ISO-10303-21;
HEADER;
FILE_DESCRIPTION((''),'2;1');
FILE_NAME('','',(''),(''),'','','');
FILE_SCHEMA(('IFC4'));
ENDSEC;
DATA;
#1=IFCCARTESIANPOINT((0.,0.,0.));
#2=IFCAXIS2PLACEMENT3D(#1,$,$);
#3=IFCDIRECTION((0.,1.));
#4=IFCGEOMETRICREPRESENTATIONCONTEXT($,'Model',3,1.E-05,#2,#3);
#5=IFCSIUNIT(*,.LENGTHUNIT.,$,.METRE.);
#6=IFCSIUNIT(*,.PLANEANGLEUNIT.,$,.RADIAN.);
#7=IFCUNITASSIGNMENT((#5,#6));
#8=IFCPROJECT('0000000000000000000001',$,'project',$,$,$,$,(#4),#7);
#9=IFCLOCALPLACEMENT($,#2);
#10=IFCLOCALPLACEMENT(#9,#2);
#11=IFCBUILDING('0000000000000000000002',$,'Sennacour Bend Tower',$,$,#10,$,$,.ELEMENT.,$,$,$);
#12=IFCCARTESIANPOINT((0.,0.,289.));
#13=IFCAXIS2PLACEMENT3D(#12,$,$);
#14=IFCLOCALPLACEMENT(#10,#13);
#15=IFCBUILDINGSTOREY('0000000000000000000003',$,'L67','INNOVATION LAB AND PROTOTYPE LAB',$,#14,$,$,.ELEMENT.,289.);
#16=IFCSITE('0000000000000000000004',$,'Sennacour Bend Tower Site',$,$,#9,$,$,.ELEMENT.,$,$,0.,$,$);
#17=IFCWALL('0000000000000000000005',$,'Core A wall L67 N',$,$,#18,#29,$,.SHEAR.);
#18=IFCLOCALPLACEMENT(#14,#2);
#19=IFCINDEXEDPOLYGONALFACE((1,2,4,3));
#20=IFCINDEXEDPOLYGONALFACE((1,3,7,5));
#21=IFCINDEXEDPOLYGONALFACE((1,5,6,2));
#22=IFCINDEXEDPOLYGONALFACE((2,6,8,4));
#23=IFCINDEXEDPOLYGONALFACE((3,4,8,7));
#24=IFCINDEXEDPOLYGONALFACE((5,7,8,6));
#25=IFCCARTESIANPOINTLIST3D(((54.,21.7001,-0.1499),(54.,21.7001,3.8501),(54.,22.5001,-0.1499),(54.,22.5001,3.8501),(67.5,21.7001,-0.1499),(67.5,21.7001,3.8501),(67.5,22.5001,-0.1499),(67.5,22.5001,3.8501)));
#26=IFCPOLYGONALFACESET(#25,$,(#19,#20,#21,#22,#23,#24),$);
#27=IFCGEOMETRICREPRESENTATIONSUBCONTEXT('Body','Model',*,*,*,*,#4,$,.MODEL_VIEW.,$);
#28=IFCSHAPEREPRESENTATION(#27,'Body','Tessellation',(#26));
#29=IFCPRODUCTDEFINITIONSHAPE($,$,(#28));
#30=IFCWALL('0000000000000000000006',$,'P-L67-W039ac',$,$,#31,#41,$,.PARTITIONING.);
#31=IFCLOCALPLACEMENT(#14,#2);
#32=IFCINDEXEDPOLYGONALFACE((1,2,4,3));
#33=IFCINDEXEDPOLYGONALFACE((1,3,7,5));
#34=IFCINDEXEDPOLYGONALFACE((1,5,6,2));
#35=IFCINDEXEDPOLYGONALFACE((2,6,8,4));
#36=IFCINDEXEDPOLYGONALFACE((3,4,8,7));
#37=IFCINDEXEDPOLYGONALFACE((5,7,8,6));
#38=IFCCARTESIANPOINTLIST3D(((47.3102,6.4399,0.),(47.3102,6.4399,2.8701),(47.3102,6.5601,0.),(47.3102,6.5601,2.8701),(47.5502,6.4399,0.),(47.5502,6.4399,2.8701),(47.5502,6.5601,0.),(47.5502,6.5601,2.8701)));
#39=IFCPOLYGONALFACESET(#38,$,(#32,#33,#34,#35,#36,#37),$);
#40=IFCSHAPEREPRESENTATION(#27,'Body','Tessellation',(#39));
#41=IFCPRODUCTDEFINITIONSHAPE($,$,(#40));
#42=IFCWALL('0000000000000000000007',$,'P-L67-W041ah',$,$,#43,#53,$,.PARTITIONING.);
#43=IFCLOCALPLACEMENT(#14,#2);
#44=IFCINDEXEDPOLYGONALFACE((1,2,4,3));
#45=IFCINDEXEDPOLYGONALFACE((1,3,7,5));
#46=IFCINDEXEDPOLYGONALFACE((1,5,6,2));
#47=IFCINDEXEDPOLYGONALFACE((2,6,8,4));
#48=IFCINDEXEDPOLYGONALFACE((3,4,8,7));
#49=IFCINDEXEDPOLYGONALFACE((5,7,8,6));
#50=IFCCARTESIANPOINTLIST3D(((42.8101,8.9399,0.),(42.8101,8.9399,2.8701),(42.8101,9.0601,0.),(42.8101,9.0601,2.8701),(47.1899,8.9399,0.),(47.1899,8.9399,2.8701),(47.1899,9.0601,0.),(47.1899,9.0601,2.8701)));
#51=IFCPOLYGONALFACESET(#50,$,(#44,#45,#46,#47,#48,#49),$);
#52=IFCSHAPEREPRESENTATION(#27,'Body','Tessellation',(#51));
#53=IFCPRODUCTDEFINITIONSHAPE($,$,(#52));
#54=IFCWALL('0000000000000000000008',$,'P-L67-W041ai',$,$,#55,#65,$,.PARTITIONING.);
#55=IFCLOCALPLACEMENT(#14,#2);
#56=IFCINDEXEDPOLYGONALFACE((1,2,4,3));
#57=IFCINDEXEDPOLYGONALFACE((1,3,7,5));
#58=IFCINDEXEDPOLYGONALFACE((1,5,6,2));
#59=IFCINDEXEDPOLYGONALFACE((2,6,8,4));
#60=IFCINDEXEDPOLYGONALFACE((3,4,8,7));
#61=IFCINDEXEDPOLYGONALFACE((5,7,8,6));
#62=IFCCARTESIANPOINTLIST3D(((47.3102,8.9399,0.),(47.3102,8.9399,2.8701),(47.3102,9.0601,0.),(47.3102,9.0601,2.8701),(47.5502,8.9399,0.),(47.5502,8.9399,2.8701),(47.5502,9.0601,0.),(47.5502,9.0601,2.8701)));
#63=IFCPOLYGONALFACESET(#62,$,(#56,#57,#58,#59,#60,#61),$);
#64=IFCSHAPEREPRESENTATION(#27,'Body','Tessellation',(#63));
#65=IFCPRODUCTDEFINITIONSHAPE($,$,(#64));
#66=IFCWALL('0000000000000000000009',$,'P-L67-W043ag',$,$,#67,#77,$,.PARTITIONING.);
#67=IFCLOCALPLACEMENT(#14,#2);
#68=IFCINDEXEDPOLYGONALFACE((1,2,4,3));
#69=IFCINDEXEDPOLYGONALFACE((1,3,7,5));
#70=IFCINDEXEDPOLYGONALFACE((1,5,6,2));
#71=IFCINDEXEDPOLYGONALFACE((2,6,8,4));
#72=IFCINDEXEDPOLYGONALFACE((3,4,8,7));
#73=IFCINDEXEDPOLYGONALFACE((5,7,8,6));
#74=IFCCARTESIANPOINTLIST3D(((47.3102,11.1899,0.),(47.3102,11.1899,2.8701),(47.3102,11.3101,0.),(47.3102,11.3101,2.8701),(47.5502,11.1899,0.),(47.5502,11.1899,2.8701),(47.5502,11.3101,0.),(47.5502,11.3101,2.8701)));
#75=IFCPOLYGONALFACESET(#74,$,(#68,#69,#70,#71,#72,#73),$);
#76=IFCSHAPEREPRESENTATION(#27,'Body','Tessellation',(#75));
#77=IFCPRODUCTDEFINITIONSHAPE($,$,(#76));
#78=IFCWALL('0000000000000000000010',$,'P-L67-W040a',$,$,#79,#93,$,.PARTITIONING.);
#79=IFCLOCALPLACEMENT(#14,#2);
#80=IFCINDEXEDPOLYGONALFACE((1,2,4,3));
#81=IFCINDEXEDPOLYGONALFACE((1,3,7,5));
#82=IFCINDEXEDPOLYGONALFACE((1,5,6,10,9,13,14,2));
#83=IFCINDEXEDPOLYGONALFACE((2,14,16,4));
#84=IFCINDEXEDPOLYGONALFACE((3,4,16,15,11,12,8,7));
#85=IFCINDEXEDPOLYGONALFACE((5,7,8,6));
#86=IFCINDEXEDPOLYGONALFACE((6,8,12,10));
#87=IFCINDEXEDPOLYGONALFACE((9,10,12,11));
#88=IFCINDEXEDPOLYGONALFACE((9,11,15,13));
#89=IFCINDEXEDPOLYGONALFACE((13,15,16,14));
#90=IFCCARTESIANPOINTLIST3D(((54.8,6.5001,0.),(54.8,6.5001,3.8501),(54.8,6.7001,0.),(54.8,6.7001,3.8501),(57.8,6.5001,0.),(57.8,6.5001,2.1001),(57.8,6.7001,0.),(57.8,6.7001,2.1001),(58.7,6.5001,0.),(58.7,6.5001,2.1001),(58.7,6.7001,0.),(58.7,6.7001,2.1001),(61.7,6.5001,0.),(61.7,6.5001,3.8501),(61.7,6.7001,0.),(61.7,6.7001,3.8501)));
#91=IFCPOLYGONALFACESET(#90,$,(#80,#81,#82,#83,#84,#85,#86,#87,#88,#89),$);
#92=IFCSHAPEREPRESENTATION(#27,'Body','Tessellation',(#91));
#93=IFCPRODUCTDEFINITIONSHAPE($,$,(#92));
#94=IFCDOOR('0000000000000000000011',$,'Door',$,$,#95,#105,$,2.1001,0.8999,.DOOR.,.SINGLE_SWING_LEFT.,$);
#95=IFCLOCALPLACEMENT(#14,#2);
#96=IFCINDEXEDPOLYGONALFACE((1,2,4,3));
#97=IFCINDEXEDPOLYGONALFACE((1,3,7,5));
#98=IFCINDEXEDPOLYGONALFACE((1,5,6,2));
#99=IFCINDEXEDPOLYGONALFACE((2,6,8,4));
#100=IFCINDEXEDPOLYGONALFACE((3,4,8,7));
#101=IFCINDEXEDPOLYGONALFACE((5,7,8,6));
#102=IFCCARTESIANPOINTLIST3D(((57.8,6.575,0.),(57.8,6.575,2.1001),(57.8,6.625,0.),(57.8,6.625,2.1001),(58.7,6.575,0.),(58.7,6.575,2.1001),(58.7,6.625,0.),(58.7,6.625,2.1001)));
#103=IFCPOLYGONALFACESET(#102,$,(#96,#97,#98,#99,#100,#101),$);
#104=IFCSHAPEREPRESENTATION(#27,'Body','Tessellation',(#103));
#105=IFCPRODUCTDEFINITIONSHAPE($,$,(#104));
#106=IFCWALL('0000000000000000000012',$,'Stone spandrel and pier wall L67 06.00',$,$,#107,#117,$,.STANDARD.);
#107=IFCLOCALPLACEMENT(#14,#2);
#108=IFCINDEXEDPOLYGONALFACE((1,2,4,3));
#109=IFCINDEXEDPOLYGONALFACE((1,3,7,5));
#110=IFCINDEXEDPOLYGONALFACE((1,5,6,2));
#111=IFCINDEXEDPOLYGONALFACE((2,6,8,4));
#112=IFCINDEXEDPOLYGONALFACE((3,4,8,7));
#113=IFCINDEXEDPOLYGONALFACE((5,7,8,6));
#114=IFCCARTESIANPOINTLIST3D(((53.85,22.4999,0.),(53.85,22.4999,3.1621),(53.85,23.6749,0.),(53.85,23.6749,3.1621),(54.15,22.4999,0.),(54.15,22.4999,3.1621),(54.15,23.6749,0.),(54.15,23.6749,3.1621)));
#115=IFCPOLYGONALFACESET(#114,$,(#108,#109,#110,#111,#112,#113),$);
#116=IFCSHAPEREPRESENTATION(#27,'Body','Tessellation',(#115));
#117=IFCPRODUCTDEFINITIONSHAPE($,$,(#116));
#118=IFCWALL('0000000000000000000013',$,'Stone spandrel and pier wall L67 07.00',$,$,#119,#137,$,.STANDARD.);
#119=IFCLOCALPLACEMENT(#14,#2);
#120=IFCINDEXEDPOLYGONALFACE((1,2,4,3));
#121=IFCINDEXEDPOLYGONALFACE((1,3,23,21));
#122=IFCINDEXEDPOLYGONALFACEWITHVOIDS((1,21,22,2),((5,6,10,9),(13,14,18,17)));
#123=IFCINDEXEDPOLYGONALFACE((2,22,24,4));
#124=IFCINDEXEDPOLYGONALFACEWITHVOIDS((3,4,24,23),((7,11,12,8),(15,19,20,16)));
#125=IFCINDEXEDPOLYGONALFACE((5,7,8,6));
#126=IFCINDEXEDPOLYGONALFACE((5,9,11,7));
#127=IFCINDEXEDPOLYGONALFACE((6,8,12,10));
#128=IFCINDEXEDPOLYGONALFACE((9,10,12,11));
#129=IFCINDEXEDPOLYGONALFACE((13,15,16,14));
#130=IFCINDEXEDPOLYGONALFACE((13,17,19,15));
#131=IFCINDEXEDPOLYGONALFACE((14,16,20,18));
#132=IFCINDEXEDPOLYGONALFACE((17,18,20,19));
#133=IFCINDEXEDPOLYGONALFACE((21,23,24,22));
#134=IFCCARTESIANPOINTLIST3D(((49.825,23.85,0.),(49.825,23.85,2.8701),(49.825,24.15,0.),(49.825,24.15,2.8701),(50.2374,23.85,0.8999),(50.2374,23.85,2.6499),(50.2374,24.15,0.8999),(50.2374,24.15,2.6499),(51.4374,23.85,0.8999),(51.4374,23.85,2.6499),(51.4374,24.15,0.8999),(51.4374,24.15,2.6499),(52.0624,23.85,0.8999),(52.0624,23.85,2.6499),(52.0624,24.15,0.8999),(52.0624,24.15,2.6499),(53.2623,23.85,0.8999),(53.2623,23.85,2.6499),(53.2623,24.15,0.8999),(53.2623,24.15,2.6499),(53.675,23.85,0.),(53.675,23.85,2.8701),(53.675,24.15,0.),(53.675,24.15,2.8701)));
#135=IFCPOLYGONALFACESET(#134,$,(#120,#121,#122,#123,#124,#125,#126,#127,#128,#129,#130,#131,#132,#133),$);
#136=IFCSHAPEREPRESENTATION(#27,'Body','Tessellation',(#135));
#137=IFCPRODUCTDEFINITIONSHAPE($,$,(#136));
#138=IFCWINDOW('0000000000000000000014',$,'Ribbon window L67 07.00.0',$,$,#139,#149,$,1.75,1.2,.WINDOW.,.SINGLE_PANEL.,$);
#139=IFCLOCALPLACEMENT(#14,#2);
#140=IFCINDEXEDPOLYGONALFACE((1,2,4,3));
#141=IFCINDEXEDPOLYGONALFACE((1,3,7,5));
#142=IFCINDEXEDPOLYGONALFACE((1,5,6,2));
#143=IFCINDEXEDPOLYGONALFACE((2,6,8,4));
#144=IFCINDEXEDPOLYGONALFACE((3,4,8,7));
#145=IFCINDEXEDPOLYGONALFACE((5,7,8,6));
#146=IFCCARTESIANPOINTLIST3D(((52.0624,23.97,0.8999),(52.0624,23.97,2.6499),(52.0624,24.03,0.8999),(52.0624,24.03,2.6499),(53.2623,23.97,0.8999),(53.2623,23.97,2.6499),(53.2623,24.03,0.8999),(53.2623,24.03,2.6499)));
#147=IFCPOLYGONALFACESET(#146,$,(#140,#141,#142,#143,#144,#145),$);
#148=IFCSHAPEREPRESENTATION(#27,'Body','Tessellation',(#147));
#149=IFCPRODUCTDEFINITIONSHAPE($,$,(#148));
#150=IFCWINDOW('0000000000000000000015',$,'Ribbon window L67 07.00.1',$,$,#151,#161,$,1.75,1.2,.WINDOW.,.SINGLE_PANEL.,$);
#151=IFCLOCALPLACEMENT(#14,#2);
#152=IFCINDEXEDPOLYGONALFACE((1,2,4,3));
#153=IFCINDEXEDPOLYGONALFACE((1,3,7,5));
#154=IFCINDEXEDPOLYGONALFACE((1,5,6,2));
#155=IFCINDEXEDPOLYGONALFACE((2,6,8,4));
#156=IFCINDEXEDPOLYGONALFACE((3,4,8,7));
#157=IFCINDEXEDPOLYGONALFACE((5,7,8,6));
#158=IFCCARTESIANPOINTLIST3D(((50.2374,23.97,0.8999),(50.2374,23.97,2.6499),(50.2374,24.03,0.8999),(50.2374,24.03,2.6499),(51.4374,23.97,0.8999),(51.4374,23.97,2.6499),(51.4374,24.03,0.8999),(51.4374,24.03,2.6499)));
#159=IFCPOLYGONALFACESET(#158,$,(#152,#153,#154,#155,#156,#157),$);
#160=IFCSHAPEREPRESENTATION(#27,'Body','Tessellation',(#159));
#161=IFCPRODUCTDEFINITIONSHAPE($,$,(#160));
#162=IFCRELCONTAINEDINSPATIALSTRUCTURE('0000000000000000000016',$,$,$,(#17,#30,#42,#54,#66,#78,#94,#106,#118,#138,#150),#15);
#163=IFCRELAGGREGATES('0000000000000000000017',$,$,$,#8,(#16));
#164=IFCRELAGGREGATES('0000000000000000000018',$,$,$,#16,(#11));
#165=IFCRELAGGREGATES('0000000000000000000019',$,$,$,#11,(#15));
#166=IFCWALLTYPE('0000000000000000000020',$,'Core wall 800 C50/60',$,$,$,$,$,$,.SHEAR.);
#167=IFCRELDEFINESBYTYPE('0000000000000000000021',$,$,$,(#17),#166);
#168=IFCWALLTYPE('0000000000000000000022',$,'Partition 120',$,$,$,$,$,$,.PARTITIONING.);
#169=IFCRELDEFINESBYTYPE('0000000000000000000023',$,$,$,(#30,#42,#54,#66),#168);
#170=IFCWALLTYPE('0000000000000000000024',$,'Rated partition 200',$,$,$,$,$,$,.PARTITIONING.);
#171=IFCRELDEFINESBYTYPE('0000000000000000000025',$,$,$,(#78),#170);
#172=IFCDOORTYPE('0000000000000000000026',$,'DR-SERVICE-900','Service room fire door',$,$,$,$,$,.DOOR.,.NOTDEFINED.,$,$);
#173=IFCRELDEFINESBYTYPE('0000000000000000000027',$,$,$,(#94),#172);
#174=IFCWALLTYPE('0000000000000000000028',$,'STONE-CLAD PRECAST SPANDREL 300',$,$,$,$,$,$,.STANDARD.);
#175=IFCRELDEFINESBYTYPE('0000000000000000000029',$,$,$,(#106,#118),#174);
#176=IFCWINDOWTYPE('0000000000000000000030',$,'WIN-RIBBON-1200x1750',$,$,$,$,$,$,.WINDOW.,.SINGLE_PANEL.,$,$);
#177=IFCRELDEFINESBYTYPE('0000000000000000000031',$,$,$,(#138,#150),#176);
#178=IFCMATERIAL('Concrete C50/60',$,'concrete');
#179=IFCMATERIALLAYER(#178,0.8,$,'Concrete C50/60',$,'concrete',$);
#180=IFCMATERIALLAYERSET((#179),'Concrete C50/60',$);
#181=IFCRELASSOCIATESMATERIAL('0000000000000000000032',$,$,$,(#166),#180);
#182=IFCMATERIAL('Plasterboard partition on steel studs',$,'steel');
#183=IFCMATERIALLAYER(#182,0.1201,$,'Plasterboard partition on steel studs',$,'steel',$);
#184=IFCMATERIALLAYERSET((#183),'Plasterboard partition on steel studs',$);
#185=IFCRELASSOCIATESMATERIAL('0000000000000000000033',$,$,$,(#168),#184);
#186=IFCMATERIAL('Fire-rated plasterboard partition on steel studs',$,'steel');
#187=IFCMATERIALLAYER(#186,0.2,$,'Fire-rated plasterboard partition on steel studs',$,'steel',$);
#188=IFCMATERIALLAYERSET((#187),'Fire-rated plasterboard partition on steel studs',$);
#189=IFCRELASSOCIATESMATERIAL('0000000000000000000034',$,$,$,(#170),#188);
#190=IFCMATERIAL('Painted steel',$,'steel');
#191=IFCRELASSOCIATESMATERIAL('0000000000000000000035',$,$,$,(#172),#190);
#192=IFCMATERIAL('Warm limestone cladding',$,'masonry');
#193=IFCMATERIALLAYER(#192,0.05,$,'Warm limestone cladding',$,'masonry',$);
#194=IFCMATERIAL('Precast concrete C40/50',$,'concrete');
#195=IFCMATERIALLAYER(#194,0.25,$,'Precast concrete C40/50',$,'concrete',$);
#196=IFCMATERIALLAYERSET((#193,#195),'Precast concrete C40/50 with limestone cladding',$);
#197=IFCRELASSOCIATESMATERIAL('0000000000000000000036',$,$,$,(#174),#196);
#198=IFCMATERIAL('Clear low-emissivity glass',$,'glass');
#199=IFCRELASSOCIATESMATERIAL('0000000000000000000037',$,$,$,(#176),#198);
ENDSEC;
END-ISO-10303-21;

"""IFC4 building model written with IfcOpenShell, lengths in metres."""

from ifc_helpers import new_model, si_unit, direction, frame, frame_2d, origin, place, context, subcontext, project, spatial, rectangle, extrude, material, layer, layer_set, type_object, element, fill, save


model = new_model("IFC4")

# Units and contexts
model_context = context("Model", 3, precision=1e-05, world=origin(), true_north=direction((0.0, 1.0)))
body_context = subcontext(model_context, "Body", "Model", "MODEL_VIEW")
ifc_project = project(units=[si_unit("LENGTHUNIT", "METRE"), si_unit("PLANEANGLEUNIT", "RADIAN")], contexts=[model_context])

# Site, building, storey
site_placement = place(None, origin())
site = spatial("IfcSite", under=ifc_project, at=site_placement, Name="Sennacour Bend Tower Site", CompositionType="ELEMENT", RefElevation=0.0)
building_placement = place(site_placement, origin())
building = spatial("IfcBuilding", under=site, at=building_placement, Name="Sennacour Bend Tower", CompositionType="ELEMENT")
storey_placement = place(building_placement, frame((0.0, 0.0, 289.0)))
storey = spatial("IfcBuildingStorey", under=building, at=storey_placement, Name="L67", Description="INNOVATION LAB AND PROTOTYPE LAB", CompositionType="ELEMENT", Elevation=289.0)

# Walls
ifc_material_1 = material(Name="Concrete C50/60", Category="concrete")
ifc_layer_1 = layer(ifc_material_1, 0.8, Name="Concrete C50/60", Category="concrete")
ifc_layer_set_1 = layer_set([ifc_layer_1], Name="Concrete C50/60")
wall_type_1 = type_object("IfcWallType", Name="Core wall 800 C50/60", PredefinedType="SHEAR", material=ifc_layer_set_1)
wall_1_placement = place(storey_placement, frame((54.0, 22.1001, -0.1499), z_axis=(0.0, 0.0, 1.0), x_axis=(1.0, 0.0, 0.0)))
element("IfcWall", 1, at=wall_1_placement, inside=storey, type_object=wall_type_1, Name="Core A wall L67 N", PredefinedType="SHEAR", context=body_context, shape_type="SweptSolid", body=[
    extrude(rectangle(XDim=13.5, YDim=0.8, at=frame_2d((6.75, 0.0))), origin(), (0.0, 0.0, 1.0), 4.0),
])
ifc_material_2 = material(Name="Plasterboard partition on steel studs", Category="steel")
ifc_layer_2 = layer(ifc_material_2, 0.1201, Name="Plasterboard partition on steel studs", Category="steel")
ifc_layer_set_2 = layer_set([ifc_layer_2], Name="Plasterboard partition on steel studs")
wall_type_2 = type_object("IfcWallType", Name="Partition 120", PredefinedType="PARTITIONING", material=ifc_layer_set_2)
wall_2_placement = place(storey_placement, frame((47.3101, 6.5, 0.0), z_axis=(0.0, 0.0, 1.0), x_axis=(1.0, 0.0, 0.0)))
element("IfcWall", 2, at=wall_2_placement, inside=storey, type_object=wall_type_2, Name="P-L67-W039ac", PredefinedType="PARTITIONING", context=body_context, shape_type="SweptSolid", body=[
    extrude(rectangle(XDim=0.24, YDim=0.1201, at=frame_2d((0.1201, 0.0))), origin(), (0.0, 0.0, 1.0), 2.8701),
])
wall_3_placement = place(storey_placement, frame((42.8101, 9.0, 0.0), z_axis=(0.0, 0.0, 1.0), x_axis=(1.0, 0.0, 0.0)))
element("IfcWall", 3, at=wall_3_placement, inside=storey, type_object=wall_type_2, Name="P-L67-W041ah", PredefinedType="PARTITIONING", context=body_context, shape_type="SweptSolid", body=[
    extrude(rectangle(XDim=4.3799, YDim=0.1201, at=frame_2d((2.1899, 0.0))), origin(), (0.0, 0.0, 1.0), 2.8701),
])
for number, where, z_axis, x_axis, name in (
    (4, (47.3101, 9.0, 0.0), (0.0, 0.0, 1.0), (1.0, 0.0, 0.0), "P-L67-W041ai"),
    (5, (47.3101, 11.25, 0.0), (0.0, 0.0, 1.0), (1.0, 0.0, 0.0), "P-L67-W043ag"),
):
    element("IfcWall", number, at=place(storey_placement, frame(where, z_axis=z_axis, x_axis=x_axis)), inside=storey, type_object=wall_type_2, Name=name, PredefinedType="PARTITIONING", context=body_context, shape_type="SweptSolid", body=[
        extrude(rectangle(XDim=0.24, YDim=0.1201, at=frame_2d((0.1201, 0.0))), origin(), (0.0, 0.0, 1.0), 2.8701),
    ])

# Wall, opening, door
ifc_material_3 = material(Name="Fire-rated plasterboard partition on steel studs", Category="steel")
ifc_layer_3 = layer(ifc_material_3, 0.2, Name="Fire-rated plasterboard partition on steel studs", Category="steel")
ifc_layer_set_3 = layer_set([ifc_layer_3], Name="Fire-rated plasterboard partition on steel studs")
wall_type_3 = type_object("IfcWallType", Name="Rated partition 200", PredefinedType="PARTITIONING", material=ifc_layer_set_3)
wall_4_placement = place(storey_placement, frame((54.8, 6.6001, 0.0), z_axis=(0.0, 0.0, 1.0), x_axis=(1.0, 0.0, 0.0)))
wall_4 = element("IfcWall", 6, at=wall_4_placement, inside=storey, type_object=wall_type_3, Name="P-L67-W040a", PredefinedType="PARTITIONING", context=body_context, shape_type="SweptSolid", body=[
    extrude(rectangle(XDim=6.8999, YDim=0.2, at=frame_2d((3.45, 0.0))), origin(), (0.0, 0.0, 1.0), 3.8501),
])
opening_1_placement = place(wall_4_placement, frame((3.0, 0.0, 0.0)))
opening_1 = element("IfcOpeningElement", 7, at=opening_1_placement, cuts=wall_4, PredefinedType="OPENING", context=body_context, shape_type="SweptSolid", body=[
    extrude(rectangle(XDim=0.8999, YDim=2.1001, at=frame_2d((0.45, 1.05))), frame((0.0, 0.1099, 0.0), z_axis=(0.0, -1.0, 0.0), x_axis=(1.0, 0.0, 0.0)), (0.0, 0.0, 1.0), 0.22),
])
ifc_material_4 = material(Name="Painted steel", Category="steel")
door_type = type_object("IfcDoorType", Name="DR-SERVICE-900", Description="Service room fire door", OperationType="NOTDEFINED", PredefinedType="DOOR", material=ifc_material_4)
door_placement = place(opening_1_placement, origin())
door = element("IfcDoor", 8, at=door_placement, inside=storey, type_object=door_type, Name="Door", OperationType="SINGLE_SWING_LEFT", OverallHeight=2.1001, OverallWidth=0.8999, PredefinedType="DOOR", context=body_context, shape_type="SweptSolid", body=[
    extrude(rectangle(XDim=0.8999, YDim=2.1001, at=frame_2d((0.45, 1.05))), frame((0.0, 0.0249, 0.0), z_axis=(0.0, -1.0, 0.0), x_axis=(1.0, 0.0, 0.0)), (0.0, 0.0, 1.0), 0.05),
])
fill(opening_1, door)

# Wall
ifc_material_5 = material(Name="Warm limestone cladding", Category="masonry")
ifc_layer_4 = layer(ifc_material_5, 0.05, Name="Warm limestone cladding", Category="masonry")
ifc_material_6 = material(Name="Precast concrete C40/50", Category="concrete")
ifc_layer_5 = layer(ifc_material_6, 0.25, Name="Precast concrete C40/50", Category="concrete")
ifc_layer_set_4 = layer_set([ifc_layer_4, ifc_layer_5], Name="Precast concrete C40/50 with limestone cladding")
wall_type_4 = type_object("IfcWallType", Name="STONE-CLAD PRECAST SPANDREL 300", PredefinedType="STANDARD", material=ifc_layer_set_4)
wall_5_placement = place(storey_placement, frame((54.0, 22.5, 0.0), z_axis=(0.0, 0.0, 1.0), x_axis=(0.0, 1.0, 0.0)))
element("IfcWall", 9, at=wall_5_placement, inside=storey, type_object=wall_type_4, Name="Stone spandrel and pier wall L67 06.00", PredefinedType="STANDARD", context=body_context, shape_type="SweptSolid", body=[
    extrude(rectangle(XDim=1.175, YDim=0.3, at=frame_2d((0.5874, 0.0))), origin(), (0.0, 0.0, 1.0), 3.1621),
])

# Wall, openings, windows
wall_6_placement = place(storey_placement, frame((53.675, 24.0, 0.0), z_axis=(0.0, 0.0, 1.0), x_axis=(-1.0, 0.0, 0.0)))
wall_6 = element("IfcWall", 10, at=wall_6_placement, inside=storey, type_object=wall_type_4, Name="Stone spandrel and pier wall L67 07.00", PredefinedType="STANDARD", context=body_context, shape_type="SweptSolid", body=[
    extrude(rectangle(XDim=3.8501, YDim=0.3, at=frame_2d((1.925, 0.0))), origin(), (0.0, 0.0, 1.0), 2.8701),
])
opening_2_placement = place(wall_6_placement, frame((0.4126, 0.0, 0.8999)))
opening_2 = element("IfcOpeningElement", 11, at=opening_2_placement, cuts=wall_6, PredefinedType="OPENING", context=body_context, shape_type="SweptSolid", body=[
    extrude(rectangle(XDim=1.2, YDim=1.75, at=frame_2d((0.6001, 0.875))), frame((0.0, 0.1602, 0.0), z_axis=(0.0, -1.0, 0.0), x_axis=(1.0, 0.0, 0.0)), (0.0, 0.0, 1.0), 0.3201),
])
opening_3_placement = place(wall_6_placement, frame((2.2375, 0.0, 0.8999)))
opening_3 = element("IfcOpeningElement", 12, at=opening_3_placement, cuts=wall_6, PredefinedType="OPENING", context=body_context, shape_type="SweptSolid", body=[
    extrude(rectangle(XDim=1.2, YDim=1.75, at=frame_2d((0.6001, 0.875))), frame((0.0, 0.1602, 0.0), z_axis=(0.0, -1.0, 0.0), x_axis=(1.0, 0.0, 0.0)), (0.0, 0.0, 1.0), 0.3201),
])
ifc_material_7 = material(Name="Clear low-emissivity glass", Category="glass")
window_type = type_object("IfcWindowType", Name="WIN-RIBBON-1200x1750", PartitioningType="SINGLE_PANEL", PredefinedType="WINDOW", material=ifc_material_7)
window_1_placement = place(opening_2_placement, origin())
window_1 = element("IfcWindow", 13, at=window_1_placement, inside=storey, type_object=window_type, Name="Ribbon window L67 07.00.0", OverallHeight=1.75, OverallWidth=1.2, PartitioningType="SINGLE_PANEL", PredefinedType="WINDOW", context=body_context, shape_type="SweptSolid", body=[
    extrude(rectangle(XDim=1.2, YDim=1.75, at=frame_2d((0.6001, 0.875))), frame((0.0, 0.03, 0.0), z_axis=(0.0, -1.0, 0.0), x_axis=(1.0, 0.0, 0.0)), (0.0, 0.0, 1.0), 0.0601),
])
fill(opening_2, window_1)
window_2_placement = place(opening_3_placement, origin())
window_2 = element("IfcWindow", 14, at=window_2_placement, inside=storey, type_object=window_type, Name="Ribbon window L67 07.00.1", OverallHeight=1.75, OverallWidth=1.2, PartitioningType="SINGLE_PANEL", PredefinedType="WINDOW", context=body_context, shape_type="SweptSolid", body=[
    extrude(rectangle(XDim=1.2, YDim=1.75, at=frame_2d((0.6001, 0.875))), frame((0.0, 0.03, 0.0), z_axis=(0.0, -1.0, 0.0), x_axis=(1.0, 0.0, 0.0)), (0.0, 0.0, 1.0), 0.0601),
])
fill(opening_3, window_2)

save(model, "model.ifc")
